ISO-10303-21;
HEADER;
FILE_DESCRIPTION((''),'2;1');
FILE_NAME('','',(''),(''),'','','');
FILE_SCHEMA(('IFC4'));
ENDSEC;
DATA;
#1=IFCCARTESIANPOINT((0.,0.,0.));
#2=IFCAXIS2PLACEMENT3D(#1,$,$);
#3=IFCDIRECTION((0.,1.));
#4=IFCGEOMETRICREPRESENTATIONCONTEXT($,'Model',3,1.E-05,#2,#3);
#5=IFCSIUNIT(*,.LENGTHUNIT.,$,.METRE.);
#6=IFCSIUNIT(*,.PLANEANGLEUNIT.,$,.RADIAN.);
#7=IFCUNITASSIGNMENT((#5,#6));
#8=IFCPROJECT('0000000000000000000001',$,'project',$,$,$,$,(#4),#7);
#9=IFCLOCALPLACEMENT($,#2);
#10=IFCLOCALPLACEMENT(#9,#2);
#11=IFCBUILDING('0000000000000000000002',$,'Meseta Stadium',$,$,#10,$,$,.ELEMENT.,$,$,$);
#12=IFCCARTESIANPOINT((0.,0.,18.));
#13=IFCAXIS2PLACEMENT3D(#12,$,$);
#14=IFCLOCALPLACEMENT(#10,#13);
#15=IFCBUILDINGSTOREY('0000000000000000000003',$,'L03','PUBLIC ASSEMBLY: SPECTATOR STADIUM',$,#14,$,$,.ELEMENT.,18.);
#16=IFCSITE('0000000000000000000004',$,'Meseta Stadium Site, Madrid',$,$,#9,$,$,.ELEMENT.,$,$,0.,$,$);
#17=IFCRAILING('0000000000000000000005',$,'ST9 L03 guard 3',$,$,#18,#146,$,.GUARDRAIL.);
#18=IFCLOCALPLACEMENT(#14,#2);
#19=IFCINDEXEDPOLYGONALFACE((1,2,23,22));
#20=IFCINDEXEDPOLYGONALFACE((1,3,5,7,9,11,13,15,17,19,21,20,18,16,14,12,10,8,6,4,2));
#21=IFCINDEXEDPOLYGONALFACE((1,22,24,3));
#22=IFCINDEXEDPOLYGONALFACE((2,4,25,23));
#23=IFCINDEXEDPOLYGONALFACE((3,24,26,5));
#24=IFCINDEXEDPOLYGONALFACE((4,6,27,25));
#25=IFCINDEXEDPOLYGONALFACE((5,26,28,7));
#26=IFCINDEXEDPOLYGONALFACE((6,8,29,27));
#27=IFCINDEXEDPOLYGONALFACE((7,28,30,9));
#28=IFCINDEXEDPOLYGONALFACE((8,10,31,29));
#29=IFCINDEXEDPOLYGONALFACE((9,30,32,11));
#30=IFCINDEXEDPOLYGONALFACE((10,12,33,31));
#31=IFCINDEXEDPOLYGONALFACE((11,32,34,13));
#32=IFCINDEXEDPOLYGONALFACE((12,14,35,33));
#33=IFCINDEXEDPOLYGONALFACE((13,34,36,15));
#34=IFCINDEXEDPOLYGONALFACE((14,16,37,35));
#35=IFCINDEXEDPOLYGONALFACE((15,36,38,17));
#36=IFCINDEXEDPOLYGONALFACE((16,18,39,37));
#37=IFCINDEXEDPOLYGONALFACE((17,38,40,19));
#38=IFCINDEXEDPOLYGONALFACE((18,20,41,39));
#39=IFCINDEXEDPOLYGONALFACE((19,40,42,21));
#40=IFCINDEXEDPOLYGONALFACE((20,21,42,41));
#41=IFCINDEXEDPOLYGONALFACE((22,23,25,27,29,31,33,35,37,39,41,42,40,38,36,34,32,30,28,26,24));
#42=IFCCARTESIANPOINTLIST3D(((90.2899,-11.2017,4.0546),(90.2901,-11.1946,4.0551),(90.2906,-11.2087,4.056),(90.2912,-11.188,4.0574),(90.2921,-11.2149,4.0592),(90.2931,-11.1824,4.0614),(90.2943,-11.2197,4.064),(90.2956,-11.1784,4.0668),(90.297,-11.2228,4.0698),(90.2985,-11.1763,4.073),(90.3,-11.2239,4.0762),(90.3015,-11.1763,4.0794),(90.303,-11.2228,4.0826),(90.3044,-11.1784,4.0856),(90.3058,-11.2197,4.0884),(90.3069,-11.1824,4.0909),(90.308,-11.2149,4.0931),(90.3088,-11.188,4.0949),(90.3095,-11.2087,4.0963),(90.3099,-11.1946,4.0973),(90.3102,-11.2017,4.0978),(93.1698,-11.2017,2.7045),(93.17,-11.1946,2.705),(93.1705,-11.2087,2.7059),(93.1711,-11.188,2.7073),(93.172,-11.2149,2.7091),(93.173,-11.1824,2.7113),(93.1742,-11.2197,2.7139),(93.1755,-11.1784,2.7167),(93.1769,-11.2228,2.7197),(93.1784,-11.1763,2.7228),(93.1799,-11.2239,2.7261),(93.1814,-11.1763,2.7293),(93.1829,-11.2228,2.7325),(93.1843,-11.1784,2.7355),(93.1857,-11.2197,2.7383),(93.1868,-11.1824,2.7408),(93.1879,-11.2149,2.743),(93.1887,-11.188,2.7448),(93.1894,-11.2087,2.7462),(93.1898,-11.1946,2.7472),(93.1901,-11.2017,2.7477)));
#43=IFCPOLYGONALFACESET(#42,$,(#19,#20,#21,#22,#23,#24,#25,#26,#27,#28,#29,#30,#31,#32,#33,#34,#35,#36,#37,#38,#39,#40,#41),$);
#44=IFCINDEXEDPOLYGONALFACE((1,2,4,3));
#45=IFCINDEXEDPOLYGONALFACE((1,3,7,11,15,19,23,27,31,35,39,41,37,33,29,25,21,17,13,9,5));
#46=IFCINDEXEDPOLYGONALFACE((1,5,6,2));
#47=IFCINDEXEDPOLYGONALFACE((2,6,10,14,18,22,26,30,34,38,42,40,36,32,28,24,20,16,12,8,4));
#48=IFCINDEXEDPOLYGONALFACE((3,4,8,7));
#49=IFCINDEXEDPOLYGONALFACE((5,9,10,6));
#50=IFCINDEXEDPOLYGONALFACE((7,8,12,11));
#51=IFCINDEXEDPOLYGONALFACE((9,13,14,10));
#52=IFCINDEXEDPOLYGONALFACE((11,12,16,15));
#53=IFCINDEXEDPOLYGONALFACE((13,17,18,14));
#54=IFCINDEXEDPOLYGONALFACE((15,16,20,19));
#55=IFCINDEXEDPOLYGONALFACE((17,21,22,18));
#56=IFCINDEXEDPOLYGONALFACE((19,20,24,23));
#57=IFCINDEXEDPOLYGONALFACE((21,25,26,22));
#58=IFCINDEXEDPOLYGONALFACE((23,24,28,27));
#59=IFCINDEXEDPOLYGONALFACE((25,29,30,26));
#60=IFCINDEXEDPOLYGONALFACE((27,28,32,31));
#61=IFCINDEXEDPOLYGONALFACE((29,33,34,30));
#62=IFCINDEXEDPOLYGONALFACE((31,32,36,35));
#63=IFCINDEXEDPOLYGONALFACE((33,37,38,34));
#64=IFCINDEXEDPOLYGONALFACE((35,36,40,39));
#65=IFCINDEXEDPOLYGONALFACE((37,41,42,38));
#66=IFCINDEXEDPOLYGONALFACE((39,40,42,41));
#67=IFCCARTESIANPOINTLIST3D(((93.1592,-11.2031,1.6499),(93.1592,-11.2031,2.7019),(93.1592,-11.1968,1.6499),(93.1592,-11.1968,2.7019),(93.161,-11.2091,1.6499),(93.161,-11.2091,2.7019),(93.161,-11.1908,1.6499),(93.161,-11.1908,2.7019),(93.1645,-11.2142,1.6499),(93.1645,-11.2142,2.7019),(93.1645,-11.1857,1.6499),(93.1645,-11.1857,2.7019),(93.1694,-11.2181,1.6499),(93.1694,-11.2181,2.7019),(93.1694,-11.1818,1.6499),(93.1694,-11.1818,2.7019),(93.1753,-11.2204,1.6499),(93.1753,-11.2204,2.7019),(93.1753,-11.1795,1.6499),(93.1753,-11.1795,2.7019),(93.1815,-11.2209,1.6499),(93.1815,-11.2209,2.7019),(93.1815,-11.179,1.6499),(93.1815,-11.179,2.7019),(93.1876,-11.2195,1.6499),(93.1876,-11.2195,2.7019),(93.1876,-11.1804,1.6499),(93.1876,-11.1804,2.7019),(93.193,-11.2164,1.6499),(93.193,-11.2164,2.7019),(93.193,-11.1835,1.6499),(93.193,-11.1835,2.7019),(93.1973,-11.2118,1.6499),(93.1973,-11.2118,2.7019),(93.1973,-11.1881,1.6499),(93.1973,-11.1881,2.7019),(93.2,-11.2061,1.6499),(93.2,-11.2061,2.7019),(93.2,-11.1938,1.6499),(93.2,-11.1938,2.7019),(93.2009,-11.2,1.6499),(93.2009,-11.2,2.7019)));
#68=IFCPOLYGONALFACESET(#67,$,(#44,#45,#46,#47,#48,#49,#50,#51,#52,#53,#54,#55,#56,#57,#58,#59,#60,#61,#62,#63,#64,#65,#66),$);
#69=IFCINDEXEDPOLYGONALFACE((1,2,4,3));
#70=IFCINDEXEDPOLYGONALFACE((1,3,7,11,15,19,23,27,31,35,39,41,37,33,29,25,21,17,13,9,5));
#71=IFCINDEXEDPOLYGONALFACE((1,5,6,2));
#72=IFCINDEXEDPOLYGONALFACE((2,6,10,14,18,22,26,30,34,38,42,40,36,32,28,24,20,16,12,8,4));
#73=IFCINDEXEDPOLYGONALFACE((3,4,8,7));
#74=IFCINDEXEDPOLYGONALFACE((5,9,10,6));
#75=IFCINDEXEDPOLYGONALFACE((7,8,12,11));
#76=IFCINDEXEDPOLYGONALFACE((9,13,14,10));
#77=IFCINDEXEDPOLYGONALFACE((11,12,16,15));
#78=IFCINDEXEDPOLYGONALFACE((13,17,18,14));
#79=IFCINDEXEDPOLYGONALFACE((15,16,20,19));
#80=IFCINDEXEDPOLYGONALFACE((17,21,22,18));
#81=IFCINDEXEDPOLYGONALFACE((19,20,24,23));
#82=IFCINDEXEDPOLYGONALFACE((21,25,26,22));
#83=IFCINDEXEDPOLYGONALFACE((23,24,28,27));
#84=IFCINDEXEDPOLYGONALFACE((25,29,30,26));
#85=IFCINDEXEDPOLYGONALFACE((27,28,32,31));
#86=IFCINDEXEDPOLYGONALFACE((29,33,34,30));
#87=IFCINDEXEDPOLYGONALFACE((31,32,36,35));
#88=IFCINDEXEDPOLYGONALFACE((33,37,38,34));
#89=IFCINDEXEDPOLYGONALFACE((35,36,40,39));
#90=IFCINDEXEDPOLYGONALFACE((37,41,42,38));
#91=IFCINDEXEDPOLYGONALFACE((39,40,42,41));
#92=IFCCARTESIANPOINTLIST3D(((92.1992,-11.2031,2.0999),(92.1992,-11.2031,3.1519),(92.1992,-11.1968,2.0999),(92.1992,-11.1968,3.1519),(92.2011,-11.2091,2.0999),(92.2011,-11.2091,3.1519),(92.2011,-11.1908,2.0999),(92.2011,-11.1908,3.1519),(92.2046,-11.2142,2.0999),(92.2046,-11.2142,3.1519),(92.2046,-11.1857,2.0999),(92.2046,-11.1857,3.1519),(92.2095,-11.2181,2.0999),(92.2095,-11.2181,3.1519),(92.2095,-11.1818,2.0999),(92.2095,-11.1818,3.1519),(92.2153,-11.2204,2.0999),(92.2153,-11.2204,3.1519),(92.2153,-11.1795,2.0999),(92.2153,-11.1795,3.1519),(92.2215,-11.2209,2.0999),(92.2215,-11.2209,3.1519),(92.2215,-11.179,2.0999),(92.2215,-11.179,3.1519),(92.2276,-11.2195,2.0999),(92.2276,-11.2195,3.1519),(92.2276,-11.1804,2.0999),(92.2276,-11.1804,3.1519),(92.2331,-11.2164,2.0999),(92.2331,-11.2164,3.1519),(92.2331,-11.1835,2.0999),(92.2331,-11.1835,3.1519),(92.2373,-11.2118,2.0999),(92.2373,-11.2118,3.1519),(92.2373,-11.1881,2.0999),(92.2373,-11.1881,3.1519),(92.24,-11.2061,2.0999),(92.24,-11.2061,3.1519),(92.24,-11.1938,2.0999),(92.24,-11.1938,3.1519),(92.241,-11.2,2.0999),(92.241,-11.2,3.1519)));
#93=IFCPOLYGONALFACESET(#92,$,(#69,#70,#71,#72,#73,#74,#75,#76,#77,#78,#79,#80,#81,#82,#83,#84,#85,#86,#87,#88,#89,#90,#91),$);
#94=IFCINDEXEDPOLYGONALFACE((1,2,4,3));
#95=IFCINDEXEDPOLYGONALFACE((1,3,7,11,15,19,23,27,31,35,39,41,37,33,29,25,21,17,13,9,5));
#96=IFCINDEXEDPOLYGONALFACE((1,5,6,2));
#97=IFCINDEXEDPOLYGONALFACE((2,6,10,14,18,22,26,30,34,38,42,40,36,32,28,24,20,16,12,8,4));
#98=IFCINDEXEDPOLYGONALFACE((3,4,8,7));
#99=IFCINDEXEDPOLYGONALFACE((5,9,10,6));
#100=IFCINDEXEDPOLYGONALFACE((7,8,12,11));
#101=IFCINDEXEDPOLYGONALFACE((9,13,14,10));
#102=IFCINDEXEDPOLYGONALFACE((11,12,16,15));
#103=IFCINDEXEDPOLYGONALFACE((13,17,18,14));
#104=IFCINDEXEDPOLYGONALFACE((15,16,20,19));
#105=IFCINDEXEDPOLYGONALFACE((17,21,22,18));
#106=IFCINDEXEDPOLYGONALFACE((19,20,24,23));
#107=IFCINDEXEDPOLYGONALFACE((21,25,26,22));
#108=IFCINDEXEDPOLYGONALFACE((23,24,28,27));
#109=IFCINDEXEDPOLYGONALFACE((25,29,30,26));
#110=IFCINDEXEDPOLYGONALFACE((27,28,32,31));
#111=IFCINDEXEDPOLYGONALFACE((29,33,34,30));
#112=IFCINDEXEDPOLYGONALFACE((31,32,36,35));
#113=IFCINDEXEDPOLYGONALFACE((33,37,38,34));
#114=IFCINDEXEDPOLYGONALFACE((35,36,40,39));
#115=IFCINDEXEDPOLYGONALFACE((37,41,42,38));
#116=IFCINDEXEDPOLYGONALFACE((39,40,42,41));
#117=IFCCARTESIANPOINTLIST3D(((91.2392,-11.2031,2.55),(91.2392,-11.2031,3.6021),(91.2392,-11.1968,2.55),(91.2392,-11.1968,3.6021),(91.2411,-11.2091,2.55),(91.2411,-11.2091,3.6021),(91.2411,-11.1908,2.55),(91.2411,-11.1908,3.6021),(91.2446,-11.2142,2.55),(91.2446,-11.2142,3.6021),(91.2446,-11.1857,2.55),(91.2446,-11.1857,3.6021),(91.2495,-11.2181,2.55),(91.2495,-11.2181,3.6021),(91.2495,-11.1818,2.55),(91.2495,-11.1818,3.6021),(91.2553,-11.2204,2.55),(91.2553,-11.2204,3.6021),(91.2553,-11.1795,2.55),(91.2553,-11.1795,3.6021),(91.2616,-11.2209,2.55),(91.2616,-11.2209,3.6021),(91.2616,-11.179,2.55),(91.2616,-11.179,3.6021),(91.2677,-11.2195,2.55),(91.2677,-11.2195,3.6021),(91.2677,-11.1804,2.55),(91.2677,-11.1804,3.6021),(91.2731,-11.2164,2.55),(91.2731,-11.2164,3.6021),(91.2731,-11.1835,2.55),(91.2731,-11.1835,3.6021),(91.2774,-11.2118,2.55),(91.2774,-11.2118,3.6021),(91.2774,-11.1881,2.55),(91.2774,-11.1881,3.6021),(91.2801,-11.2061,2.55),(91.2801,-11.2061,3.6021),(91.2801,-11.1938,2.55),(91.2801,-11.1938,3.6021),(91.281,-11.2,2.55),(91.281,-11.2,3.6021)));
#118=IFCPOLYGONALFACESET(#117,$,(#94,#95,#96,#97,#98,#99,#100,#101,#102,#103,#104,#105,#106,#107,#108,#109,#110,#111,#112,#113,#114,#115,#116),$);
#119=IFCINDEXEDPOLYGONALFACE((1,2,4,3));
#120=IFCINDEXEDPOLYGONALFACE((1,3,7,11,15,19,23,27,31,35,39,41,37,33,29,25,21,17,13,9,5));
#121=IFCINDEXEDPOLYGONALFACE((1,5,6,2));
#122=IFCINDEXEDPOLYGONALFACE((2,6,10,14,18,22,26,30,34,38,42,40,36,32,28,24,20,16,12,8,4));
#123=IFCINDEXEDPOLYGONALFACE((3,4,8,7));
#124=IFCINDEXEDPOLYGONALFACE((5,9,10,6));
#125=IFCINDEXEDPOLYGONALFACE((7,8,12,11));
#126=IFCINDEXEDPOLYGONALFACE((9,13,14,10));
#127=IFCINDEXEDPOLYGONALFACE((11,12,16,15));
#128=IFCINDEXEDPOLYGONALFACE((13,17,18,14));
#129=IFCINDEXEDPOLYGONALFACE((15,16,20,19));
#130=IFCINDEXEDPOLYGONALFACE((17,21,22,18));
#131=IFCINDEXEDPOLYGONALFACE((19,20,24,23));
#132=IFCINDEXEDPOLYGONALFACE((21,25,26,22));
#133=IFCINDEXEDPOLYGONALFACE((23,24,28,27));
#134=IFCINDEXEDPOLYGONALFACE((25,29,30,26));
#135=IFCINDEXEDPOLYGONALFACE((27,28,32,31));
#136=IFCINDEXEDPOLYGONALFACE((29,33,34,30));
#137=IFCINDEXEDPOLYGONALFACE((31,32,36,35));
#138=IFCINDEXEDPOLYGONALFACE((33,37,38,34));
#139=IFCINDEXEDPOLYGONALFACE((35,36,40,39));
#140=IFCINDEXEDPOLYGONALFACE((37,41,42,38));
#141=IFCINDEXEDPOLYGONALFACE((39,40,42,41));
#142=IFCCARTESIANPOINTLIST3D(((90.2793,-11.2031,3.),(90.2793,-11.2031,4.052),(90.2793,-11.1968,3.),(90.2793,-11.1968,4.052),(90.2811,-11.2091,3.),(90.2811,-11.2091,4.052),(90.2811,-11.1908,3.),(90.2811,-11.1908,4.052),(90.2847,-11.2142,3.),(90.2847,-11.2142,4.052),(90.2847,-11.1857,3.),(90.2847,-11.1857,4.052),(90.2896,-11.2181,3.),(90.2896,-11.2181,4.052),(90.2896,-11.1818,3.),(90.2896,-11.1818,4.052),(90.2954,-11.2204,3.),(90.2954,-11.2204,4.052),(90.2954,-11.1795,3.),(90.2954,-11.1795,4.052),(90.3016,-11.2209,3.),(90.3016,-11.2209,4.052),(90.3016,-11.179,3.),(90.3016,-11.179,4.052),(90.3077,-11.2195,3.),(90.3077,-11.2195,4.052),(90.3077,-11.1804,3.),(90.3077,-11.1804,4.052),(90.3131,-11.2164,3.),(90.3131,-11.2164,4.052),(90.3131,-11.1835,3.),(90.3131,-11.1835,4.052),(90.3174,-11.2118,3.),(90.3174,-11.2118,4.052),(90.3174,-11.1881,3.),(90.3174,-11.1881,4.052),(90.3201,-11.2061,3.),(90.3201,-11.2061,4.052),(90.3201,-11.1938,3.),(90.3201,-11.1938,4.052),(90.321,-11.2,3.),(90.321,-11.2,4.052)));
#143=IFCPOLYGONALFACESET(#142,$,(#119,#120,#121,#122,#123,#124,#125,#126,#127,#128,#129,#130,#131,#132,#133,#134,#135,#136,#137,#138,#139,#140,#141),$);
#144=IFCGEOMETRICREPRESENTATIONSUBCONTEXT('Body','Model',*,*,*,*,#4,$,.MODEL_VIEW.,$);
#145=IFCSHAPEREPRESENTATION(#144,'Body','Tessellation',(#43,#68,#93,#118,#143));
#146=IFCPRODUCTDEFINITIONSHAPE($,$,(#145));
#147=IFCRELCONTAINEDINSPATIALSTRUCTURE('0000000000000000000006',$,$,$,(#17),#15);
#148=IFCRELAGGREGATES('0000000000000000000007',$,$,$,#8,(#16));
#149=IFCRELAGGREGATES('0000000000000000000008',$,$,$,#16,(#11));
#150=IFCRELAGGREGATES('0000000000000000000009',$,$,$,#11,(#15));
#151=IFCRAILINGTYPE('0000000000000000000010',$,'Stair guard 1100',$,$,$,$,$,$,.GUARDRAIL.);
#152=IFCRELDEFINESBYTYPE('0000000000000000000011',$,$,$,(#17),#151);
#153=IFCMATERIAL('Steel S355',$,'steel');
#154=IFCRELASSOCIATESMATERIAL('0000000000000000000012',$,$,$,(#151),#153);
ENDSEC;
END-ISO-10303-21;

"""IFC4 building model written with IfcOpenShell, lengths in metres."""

from ifc_helpers import new_model, si_unit, direction, frame, origin, origin_2d, place, context, subcontext, project, spatial, circle, extrude, material, type_object, element, save


model = new_model("IFC4")

# Units and contexts
model_context = context("Model", 3, precision=1e-05, world=origin(), true_north=direction((0.0, 1.0)))
body_context = subcontext(model_context, "Body", "Model", "MODEL_VIEW")
ifc_project = project(units=[si_unit("LENGTHUNIT", "METRE"), si_unit("PLANEANGLEUNIT", "RADIAN")], contexts=[model_context])

# Site, building, storey
site_placement = place(None, origin())
site = spatial("IfcSite", under=ifc_project, at=site_placement, Name="Meseta Stadium Site, Madrid", CompositionType="ELEMENT", RefElevation=0.0)
building_placement = place(site_placement, origin())
building = spatial("IfcBuilding", under=site, at=building_placement, Name="Meseta Stadium", CompositionType="ELEMENT")
storey_placement = place(building_placement, frame((0.0, 0.0, 18.0)))
storey = spatial("IfcBuildingStorey", under=building, at=storey_placement, Name="L03", Description="PUBLIC ASSEMBLY: SPECTATOR STADIUM", CompositionType="ELEMENT", Elevation=18.0)

# Railing
ifc_material_1 = material(Name="Steel S355", Category="steel")
railing_type = type_object("IfcRailingType", Name="Stair guard 1100", PredefinedType="GUARDRAIL", material=ifc_material_1)
railing_1_placement = place(storey_placement, frame((93.1799, -11.2, 1.6499)))
element("IfcRailing", 1, at=railing_1_placement, inside=storey, type_object=railing_type, Name="ST9 L03 guard 3", PredefinedType="GUARDRAIL", context=body_context, shape_type="SweptSolid", body=[
    extrude(circle(Radius=0.0239, at=origin_2d()), frame((0.0, 0.0, 1.0762), z_axis=(-0.90544, 0.0, 0.424473), x_axis=(0.0, -1.0, 0.0)), (0.0, 0.0, 1.0), 3.1807),
    extrude(circle(Radius=0.021, at=origin_2d()), origin(), (0.0, 0.0, 1.0), 1.052),
    extrude(circle(Radius=0.021, at=origin_2d()), frame((-0.96, 0.0, 0.45)), (0.0, 0.0, 1.0), 1.052),
    extrude(circle(Radius=0.021, at=origin_2d()), frame((-1.9199, 0.0, 0.9001)), (0.0, 0.0, 1.0), 1.052),
    extrude(circle(Radius=0.021, at=origin_2d()), frame((-2.8799, 0.0, 1.3501)), (0.0, 0.0, 1.0), 1.052),
])

save(model, "model.ifc")
